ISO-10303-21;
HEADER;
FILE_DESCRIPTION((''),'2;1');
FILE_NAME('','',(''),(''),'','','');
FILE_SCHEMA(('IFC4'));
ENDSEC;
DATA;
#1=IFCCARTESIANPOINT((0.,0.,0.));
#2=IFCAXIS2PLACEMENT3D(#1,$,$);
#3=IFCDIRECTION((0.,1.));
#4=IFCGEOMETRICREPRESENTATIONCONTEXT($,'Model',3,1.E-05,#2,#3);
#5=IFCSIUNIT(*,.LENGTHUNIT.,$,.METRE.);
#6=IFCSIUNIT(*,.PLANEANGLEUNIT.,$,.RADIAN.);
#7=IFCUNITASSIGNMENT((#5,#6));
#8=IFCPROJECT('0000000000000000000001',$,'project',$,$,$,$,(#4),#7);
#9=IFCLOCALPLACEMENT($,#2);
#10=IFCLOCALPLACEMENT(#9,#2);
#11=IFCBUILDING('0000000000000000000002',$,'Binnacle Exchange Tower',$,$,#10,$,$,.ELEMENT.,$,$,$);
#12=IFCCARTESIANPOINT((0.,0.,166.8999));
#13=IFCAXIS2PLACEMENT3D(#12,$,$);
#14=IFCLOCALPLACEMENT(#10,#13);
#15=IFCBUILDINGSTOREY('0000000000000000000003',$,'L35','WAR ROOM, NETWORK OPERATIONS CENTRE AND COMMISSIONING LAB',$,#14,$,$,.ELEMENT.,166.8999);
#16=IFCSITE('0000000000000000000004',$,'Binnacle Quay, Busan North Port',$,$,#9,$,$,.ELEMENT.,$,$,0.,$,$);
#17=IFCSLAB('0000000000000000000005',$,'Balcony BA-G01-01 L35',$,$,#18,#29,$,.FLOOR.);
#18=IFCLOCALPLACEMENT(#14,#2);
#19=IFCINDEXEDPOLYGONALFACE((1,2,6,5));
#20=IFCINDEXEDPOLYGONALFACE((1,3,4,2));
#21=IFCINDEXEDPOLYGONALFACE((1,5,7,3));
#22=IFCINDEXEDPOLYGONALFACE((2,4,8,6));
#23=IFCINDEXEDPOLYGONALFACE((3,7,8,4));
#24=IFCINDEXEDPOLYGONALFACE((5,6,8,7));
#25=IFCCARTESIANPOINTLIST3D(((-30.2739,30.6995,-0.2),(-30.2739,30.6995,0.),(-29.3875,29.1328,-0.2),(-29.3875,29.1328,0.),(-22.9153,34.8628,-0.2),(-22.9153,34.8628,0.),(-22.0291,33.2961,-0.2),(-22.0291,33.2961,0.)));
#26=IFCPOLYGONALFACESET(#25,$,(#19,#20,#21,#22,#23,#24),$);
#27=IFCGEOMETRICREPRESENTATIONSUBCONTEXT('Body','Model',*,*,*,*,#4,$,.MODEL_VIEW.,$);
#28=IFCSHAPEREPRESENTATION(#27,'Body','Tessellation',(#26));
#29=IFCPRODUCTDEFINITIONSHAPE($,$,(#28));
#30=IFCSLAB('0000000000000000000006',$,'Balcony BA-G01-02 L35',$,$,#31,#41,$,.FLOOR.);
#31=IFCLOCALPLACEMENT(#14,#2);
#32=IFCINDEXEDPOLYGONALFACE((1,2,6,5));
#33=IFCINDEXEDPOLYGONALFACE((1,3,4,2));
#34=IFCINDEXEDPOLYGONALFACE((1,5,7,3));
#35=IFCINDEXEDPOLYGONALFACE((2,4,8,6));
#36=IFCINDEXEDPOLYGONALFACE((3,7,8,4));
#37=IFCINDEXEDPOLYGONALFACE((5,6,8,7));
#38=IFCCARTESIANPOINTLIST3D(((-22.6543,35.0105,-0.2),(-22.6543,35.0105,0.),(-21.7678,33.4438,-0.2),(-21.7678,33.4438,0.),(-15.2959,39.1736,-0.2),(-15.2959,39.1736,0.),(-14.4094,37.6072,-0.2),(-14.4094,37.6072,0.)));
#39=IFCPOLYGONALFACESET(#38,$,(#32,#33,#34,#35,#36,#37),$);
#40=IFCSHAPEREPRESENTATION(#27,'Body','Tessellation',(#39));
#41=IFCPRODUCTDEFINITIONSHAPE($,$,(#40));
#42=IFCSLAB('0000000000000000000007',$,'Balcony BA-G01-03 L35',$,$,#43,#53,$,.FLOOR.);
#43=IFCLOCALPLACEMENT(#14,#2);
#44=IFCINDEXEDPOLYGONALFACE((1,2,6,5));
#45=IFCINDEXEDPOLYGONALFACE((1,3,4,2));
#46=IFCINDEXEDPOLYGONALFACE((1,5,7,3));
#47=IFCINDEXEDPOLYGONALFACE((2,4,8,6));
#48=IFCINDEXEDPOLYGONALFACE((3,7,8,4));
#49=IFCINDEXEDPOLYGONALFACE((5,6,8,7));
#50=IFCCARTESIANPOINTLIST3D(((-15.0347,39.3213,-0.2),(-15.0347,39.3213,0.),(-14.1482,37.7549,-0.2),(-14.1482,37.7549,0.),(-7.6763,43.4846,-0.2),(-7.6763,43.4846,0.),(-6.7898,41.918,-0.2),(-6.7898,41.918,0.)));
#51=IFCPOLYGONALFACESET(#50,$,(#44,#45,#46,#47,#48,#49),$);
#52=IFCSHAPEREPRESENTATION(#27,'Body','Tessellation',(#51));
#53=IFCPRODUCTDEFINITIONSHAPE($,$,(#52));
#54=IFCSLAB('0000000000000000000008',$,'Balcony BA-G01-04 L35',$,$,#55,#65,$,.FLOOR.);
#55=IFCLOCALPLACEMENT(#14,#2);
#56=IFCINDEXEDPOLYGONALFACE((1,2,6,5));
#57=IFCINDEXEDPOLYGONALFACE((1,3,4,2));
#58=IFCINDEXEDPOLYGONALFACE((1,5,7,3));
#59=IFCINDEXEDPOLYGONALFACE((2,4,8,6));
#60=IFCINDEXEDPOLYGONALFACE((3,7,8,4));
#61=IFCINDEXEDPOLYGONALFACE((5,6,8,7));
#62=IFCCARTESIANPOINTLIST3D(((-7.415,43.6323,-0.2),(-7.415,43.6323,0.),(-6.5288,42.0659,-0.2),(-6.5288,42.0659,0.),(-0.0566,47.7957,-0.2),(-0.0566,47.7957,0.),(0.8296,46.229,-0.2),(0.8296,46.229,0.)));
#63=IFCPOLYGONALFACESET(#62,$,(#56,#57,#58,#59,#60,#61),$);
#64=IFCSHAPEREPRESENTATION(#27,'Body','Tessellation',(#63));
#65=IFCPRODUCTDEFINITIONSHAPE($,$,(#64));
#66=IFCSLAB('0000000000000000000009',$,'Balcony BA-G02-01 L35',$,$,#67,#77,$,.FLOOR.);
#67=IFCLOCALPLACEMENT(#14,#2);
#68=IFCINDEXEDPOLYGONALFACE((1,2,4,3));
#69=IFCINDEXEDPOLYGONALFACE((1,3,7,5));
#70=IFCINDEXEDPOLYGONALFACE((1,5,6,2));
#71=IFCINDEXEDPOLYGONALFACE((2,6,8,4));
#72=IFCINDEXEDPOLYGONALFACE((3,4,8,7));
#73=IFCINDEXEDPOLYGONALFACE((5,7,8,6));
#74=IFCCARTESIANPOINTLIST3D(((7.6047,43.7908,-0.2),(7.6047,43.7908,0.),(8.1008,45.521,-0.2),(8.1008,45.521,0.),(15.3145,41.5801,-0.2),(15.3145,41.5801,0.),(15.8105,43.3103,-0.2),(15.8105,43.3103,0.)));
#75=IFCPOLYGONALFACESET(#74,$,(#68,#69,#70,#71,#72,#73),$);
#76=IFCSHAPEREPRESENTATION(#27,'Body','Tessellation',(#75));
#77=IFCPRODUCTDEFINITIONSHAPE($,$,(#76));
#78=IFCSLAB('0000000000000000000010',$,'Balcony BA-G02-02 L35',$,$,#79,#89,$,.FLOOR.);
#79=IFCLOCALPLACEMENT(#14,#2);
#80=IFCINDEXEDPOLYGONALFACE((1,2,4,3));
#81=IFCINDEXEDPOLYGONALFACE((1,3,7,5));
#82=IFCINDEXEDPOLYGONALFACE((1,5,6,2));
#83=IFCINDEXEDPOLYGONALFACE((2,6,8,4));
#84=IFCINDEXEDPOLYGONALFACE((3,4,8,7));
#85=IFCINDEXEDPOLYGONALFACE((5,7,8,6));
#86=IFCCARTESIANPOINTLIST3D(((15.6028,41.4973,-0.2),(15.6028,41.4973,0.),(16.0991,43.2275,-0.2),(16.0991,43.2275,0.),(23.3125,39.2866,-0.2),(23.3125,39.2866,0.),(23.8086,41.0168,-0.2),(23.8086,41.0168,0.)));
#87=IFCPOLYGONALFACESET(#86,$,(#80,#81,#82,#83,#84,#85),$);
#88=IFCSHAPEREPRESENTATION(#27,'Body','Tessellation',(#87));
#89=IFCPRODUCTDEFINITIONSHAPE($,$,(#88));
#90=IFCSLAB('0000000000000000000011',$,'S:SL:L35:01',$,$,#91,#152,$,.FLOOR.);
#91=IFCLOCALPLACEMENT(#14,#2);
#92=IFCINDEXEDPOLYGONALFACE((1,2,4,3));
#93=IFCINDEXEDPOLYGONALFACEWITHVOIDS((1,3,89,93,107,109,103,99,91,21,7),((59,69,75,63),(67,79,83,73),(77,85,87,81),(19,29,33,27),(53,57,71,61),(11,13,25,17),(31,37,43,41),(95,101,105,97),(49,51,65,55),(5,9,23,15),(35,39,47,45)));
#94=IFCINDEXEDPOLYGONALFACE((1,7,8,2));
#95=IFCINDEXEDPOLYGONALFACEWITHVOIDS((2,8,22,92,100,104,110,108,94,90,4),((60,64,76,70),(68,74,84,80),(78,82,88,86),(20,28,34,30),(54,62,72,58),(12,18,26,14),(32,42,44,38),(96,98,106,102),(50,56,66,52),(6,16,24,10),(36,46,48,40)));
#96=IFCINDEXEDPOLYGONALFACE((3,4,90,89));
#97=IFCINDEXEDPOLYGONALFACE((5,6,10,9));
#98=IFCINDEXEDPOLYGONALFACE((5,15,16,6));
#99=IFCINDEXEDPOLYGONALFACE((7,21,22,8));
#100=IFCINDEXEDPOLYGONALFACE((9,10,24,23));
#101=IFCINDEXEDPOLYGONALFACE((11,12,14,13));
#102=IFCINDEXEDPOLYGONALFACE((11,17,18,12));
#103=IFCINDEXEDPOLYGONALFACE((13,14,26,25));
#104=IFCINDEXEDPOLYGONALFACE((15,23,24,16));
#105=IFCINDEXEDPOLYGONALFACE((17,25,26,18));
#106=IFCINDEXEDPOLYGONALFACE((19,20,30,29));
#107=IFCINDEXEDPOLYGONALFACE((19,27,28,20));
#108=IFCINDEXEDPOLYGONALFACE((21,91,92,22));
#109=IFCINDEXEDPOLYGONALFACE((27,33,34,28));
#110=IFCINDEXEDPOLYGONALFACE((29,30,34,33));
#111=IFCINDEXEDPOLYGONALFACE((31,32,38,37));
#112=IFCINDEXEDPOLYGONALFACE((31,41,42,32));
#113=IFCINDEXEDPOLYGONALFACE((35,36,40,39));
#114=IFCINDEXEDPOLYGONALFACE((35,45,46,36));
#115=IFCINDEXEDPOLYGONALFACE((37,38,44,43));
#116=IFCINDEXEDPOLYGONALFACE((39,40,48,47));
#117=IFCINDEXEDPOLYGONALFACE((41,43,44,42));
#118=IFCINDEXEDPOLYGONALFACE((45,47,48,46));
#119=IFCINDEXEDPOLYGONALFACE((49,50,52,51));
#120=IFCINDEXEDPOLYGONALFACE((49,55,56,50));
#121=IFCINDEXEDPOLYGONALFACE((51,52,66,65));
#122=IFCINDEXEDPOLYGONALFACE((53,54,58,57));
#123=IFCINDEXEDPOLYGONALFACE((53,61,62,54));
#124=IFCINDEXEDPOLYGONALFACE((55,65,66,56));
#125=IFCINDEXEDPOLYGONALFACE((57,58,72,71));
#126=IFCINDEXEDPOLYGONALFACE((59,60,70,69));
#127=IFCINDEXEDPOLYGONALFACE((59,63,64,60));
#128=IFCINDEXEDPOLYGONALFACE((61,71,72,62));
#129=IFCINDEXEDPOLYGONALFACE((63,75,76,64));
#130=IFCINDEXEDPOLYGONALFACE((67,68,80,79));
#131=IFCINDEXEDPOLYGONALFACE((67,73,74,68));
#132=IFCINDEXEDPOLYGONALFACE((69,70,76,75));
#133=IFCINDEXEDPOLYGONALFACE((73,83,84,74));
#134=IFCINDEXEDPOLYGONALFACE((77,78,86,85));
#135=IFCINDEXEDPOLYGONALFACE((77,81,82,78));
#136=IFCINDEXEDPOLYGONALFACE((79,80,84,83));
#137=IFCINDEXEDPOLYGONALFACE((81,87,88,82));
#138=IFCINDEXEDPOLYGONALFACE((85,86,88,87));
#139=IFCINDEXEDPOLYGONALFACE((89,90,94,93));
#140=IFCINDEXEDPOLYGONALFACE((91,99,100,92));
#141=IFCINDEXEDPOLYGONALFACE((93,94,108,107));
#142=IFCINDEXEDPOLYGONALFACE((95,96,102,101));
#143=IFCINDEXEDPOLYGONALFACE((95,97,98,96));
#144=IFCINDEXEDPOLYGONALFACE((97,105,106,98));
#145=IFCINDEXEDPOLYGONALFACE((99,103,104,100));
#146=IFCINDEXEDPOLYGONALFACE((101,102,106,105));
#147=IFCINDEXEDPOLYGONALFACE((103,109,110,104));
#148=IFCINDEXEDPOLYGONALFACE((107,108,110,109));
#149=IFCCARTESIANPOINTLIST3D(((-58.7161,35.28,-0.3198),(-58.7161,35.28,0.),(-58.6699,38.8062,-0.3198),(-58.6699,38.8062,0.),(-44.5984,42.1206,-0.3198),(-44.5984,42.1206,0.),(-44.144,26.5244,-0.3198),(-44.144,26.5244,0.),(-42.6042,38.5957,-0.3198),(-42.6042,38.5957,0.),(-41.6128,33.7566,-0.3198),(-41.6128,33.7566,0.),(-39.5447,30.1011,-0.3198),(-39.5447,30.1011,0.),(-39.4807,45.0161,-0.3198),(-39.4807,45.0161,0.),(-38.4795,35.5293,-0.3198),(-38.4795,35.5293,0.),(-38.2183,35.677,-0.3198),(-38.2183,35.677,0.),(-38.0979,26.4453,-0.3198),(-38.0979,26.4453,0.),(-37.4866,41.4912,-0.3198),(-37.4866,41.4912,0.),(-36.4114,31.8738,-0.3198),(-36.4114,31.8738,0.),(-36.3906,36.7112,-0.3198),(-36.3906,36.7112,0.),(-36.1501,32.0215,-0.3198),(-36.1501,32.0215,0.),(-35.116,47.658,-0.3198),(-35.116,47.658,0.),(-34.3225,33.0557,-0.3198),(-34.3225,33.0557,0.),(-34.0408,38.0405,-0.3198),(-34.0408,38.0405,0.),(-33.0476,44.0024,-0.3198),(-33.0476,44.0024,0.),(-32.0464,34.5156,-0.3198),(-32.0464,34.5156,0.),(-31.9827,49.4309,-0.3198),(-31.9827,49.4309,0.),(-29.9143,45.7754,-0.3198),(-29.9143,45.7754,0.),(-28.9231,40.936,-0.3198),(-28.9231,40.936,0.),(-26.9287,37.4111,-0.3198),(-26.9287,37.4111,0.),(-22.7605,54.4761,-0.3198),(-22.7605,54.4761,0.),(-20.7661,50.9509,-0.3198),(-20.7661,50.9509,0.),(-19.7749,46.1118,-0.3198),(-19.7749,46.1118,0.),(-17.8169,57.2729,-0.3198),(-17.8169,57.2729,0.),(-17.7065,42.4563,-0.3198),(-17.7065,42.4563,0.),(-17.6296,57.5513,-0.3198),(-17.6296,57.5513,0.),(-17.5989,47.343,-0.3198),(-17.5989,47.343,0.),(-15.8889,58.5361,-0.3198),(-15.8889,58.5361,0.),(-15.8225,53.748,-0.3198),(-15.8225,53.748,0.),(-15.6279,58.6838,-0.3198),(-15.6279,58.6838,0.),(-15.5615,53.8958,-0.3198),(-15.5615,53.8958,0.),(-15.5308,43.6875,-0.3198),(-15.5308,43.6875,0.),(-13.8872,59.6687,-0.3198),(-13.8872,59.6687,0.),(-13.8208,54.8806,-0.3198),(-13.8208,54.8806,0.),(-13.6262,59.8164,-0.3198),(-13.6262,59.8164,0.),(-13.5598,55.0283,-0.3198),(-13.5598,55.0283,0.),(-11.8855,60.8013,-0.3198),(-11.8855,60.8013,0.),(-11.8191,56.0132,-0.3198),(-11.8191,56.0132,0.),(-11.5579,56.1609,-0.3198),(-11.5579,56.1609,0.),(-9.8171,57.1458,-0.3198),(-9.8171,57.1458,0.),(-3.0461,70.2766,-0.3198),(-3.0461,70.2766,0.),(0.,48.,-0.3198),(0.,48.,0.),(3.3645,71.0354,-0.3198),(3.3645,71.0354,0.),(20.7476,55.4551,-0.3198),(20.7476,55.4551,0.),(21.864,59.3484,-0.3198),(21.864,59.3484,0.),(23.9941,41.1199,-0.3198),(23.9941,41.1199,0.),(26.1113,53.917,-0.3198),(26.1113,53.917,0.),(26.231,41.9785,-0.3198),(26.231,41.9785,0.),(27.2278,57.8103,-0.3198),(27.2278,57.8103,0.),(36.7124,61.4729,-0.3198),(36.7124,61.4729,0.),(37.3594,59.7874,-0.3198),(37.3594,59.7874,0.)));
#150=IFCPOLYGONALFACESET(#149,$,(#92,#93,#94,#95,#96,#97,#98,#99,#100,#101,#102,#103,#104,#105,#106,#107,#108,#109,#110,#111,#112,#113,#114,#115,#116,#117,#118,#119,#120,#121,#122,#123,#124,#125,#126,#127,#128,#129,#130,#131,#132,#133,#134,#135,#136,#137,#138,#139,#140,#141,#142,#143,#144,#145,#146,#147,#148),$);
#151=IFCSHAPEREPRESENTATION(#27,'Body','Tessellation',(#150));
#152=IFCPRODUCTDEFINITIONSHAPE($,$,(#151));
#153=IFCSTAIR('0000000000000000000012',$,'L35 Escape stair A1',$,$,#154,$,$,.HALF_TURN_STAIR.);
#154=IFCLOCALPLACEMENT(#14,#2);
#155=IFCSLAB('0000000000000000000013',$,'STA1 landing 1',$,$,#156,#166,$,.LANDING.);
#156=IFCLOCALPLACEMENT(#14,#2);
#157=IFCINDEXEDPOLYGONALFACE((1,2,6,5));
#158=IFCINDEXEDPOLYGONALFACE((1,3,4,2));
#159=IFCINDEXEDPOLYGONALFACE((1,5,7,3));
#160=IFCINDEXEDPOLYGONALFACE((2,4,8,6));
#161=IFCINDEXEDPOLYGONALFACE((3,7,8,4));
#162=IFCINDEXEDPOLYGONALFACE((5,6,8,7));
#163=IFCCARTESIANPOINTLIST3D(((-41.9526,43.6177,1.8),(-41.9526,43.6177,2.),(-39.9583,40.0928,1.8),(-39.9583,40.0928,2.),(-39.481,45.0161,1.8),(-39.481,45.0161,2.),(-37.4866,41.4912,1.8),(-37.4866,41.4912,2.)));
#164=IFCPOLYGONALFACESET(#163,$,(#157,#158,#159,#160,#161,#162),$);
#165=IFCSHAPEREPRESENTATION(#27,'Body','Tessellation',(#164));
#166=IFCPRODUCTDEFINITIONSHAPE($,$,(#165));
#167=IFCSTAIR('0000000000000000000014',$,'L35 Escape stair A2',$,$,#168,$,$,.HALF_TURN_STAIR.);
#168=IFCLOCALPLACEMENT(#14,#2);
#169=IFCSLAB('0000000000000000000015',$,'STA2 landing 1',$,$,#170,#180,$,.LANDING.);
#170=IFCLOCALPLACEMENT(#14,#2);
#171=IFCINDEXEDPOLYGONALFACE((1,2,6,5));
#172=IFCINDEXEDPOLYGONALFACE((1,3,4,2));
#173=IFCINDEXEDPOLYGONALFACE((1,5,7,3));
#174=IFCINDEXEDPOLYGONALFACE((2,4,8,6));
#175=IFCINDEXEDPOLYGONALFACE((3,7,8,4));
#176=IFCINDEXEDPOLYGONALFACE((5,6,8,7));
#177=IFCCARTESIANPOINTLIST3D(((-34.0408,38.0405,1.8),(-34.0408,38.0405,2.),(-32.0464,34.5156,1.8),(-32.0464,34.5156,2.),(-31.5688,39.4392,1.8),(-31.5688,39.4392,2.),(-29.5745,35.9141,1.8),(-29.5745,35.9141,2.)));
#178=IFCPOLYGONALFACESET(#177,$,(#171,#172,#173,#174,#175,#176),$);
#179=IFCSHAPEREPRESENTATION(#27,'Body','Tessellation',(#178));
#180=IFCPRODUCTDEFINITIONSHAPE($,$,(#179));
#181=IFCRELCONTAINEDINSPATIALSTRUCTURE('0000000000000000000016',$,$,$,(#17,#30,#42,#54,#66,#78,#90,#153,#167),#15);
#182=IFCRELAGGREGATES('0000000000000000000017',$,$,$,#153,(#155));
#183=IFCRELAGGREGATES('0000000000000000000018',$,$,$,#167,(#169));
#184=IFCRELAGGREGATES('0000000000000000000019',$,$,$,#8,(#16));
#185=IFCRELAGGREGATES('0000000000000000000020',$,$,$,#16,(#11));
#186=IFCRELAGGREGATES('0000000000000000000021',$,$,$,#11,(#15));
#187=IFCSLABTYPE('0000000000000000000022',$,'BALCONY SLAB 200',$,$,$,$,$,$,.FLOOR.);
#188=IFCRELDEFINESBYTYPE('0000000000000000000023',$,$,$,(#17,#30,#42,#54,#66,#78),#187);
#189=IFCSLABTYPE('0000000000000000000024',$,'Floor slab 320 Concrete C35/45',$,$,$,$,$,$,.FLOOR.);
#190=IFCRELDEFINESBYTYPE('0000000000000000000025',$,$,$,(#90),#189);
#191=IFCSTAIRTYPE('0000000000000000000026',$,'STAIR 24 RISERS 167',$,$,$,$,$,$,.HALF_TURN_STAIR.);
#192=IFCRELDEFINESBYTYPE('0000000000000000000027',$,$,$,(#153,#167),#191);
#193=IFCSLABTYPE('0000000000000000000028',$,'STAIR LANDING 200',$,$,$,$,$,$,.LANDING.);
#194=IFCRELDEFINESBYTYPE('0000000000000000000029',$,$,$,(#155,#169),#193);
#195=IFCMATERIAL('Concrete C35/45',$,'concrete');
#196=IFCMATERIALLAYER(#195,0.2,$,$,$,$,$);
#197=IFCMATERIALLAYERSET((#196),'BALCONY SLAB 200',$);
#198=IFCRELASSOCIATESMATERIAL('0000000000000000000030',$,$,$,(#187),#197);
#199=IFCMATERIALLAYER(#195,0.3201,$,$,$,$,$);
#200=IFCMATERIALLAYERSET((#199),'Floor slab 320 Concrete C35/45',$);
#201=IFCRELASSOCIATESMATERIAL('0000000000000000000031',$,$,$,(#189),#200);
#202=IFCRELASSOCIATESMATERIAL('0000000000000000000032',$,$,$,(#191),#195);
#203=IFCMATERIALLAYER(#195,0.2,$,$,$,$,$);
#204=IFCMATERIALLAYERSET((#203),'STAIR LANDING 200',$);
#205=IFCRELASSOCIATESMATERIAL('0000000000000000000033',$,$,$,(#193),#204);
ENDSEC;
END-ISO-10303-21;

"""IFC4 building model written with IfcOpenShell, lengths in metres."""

from ifc_helpers import new_model, si_unit, direction, frame, origin, place, context, subcontext, project, spatial, polyline, outline, extrude, material, layer, layer_set, type_object, element, aggregate, save


model = new_model("IFC4")

# Units and contexts
model_context = context("Model", 3, precision=1e-05, world=origin(), true_north=direction((0.0, 1.0)))
body_context = subcontext(model_context, "Body", "Model", "MODEL_VIEW")
ifc_project = project(units=[si_unit("LENGTHUNIT", "METRE"), si_unit("PLANEANGLEUNIT", "RADIAN")], contexts=[model_context])

# Site, building, storey
site_placement = place(None, origin())
site = spatial("IfcSite", under=ifc_project, at=site_placement, Name="Binnacle Quay, Busan North Port", CompositionType="ELEMENT", RefElevation=0.0)
building_placement = place(site_placement, origin())
building = spatial("IfcBuilding", under=site, at=building_placement, Name="Binnacle Exchange Tower", CompositionType="ELEMENT")
storey_placement = place(building_placement, frame((0.0, 0.0, 166.8999)))
storey = spatial("IfcBuildingStorey", under=building, at=storey_placement, Name="L35", Description="WAR ROOM, NETWORK OPERATIONS CENTRE AND COMMISSIONING LAB", CompositionType="ELEMENT", Elevation=166.8999)

# Slabs
ifc_material_1 = material(Name="Concrete C35/45", Category="concrete")
ifc_layer_1 = layer(ifc_material_1, 0.2)
ifc_layer_set_1 = layer_set([ifc_layer_1], Name="BALCONY SLAB 200")
slab_type_1 = type_object("IfcSlabType", Name="BALCONY SLAB 200", PredefinedType="FLOOR", material=ifc_layer_set_1)
slab_1_placement = place(storey_placement, frame((0.0, 0.0, -0.2)))
element("IfcSlab", 1, at=slab_1_placement, inside=storey, type_object=slab_type_1, Name="Balcony BA-G01-01 L35", PredefinedType="FLOOR", context=body_context, shape_type="SweptSolid", body=[
    extrude(outline(polyline([(-30.2739, 30.6995), (-22.9153, 34.8628), (-22.0291, 33.2961), (-29.3875, 29.1328), (-30.2739, 30.6995)])), origin(), (0.0, 0.0, 1.0), 0.2),
])
slab_2_placement = place(storey_placement, frame((0.0, 0.0, -0.2)))
element("IfcSlab", 2, at=slab_2_placement, inside=storey, type_object=slab_type_1, Name="Balcony BA-G01-02 L35", PredefinedType="FLOOR", context=body_context, shape_type="SweptSolid", body=[
    extrude(outline(polyline([(-22.6543, 35.0105), (-15.2959, 39.1736), (-14.4094, 37.6072), (-21.7678, 33.4438), (-22.6543, 35.0105)])), origin(), (0.0, 0.0, 1.0), 0.2),
])
slab_3_placement = place(storey_placement, frame((0.0, 0.0, -0.2)))
element("IfcSlab", 3, at=slab_3_placement, inside=storey, type_object=slab_type_1, Name="Balcony BA-G01-03 L35", PredefinedType="FLOOR", context=body_context, shape_type="SweptSolid", body=[
    extrude(outline(polyline([(-15.0347, 39.3213), (-7.6763, 43.4846), (-6.7898, 41.918), (-14.1482, 37.7549), (-15.0347, 39.3213)])), origin(), (0.0, 0.0, 1.0), 0.2),
])
slab_4_placement = place(storey_placement, frame((0.0, 0.0, -0.2)))
element("IfcSlab", 4, at=slab_4_placement, inside=storey, type_object=slab_type_1, Name="Balcony BA-G01-04 L35", PredefinedType="FLOOR", context=body_context, shape_type="SweptSolid", body=[
    extrude(outline(polyline([(-7.415, 43.6323), (-0.0566, 47.7957), (0.8296, 46.229), (-6.5288, 42.0659), (-7.415, 43.6323)])), origin(), (0.0, 0.0, 1.0), 0.2),
])
slab_5_placement = place(storey_placement, frame((0.0, 0.0, -0.2)))
element("IfcSlab", 5, at=slab_5_placement, inside=storey, type_object=slab_type_1, Name="Balcony BA-G02-01 L35", PredefinedType="FLOOR", context=body_context, shape_type="SweptSolid", body=[
    extrude(outline(polyline([(8.1008, 45.521), (15.8105, 43.3103), (15.3145, 41.5801), (7.6047, 43.7908), (8.1008, 45.521)])), origin(), (0.0, 0.0, 1.0), 0.2),
])
slab_6_placement = place(storey_placement, frame((0.0, 0.0, -0.2)))
element("IfcSlab", 6, at=slab_6_placement, inside=storey, type_object=slab_type_1, Name="Balcony BA-G02-02 L35", PredefinedType="FLOOR", context=body_context, shape_type="SweptSolid", body=[
    extrude(outline(polyline([(16.0991, 43.2275), (23.8086, 41.0168), (23.3125, 39.2866), (15.6028, 41.4973), (16.0991, 43.2275)])), origin(), (0.0, 0.0, 1.0), 0.2),
])
ifc_layer_2 = layer(ifc_material_1, 0.3201)
ifc_layer_set_2 = layer_set([ifc_layer_2], Name="Floor slab 320 Concrete C35/45")
slab_type_2 = type_object("IfcSlabType", Name="Floor slab 320 Concrete C35/45", PredefinedType="FLOOR", material=ifc_layer_set_2)
slab_7_placement = place(storey_placement, frame((0.0, 0.0, -0.3198)))
element("IfcSlab", 7, at=slab_7_placement, inside=storey, type_object=slab_type_2, Name="S:SL:L35:01", PredefinedType="FLOOR", context=body_context, shape_type="SweptSolid", body=[
    extrude(outline(polyline([(-58.7161, 35.28), (-58.6699, 38.8062), (-3.0461, 70.2766), (3.3645, 71.0354), (36.7124, 61.4729), (37.3594, 59.7874), (26.231, 41.9785), (23.9941, 41.1199), (0.0, 48.0), (-38.0979, 26.4453), (-44.144, 26.5244), (-58.7161, 35.28)]), holes=[polyline([(-38.4795, 35.5293), (-41.6128, 33.7566), (-39.5447, 30.1011), (-36.4114, 31.8738), (-38.4795, 35.5293)]), polyline([(-36.3906, 36.7112), (-38.2183, 35.677), (-36.1501, 32.0215), (-34.3225, 33.0557), (-36.3906, 36.7112)]), polyline([(-32.0464, 34.5156), (-26.9287, 37.4111), (-28.9231, 40.936), (-34.0408, 38.0405), (-32.0464, 34.5156)]), polyline([(-37.4866, 41.4912), (-39.4807, 45.0161), (-44.5984, 42.1206), (-42.6042, 38.5957), (-37.4866, 41.4912)]), polyline([(-29.9143, 45.7754), (-31.9827, 49.4309), (-35.116, 47.658), (-33.0476, 44.0024), (-29.9143, 45.7754)]), polyline([(-17.8169, 57.2729), (-22.7605, 54.4761), (-20.7661, 50.9509), (-15.8225, 53.748), (-17.8169, 57.2729)]), polyline([(-15.5308, 43.6875), (-17.5989, 47.343), (-19.7749, 46.1118), (-17.7065, 42.4563), (-15.5308, 43.6875)]), polyline([(-13.8208, 54.8806), (-15.8889, 58.5361), (-17.6296, 57.5513), (-15.5615, 53.8958), (-13.8208, 54.8806)]), polyline([(27.2278, 57.8103), (21.864, 59.3484), (20.7476, 55.4551), (26.1113, 53.917), (27.2278, 57.8103)]), polyline([(-11.8191, 56.0132), (-13.8872, 59.6687), (-15.6279, 58.6838), (-13.5598, 55.0283), (-11.8191, 56.0132)]), polyline([(-9.8171, 57.1458), (-11.8855, 60.8013), (-13.6262, 59.8164), (-11.5579, 56.1609), (-9.8171, 57.1458)])]), origin(), (0.0, 0.0, 1.0), 0.3198),
])

# Stairs, slabs
stair_type = type_object("IfcStairType", Name="STAIR 24 RISERS 167", PredefinedType="HALF_TURN_STAIR", material=ifc_material_1)
stair_1_placement = place(storey_placement, origin())
stair_1 = element("IfcStair", 8, at=stair_1_placement, inside=storey, type_object=stair_type, Name="L35 Escape stair A1", PredefinedType="HALF_TURN_STAIR")
ifc_layer_3 = layer(ifc_material_1, 0.2)
ifc_layer_set_3 = layer_set([ifc_layer_3], Name="STAIR LANDING 200")
slab_type_3 = type_object("IfcSlabType", Name="STAIR LANDING 200", PredefinedType="LANDING", material=ifc_layer_set_3)
slab_8_placement = place(storey_placement, frame((0.0, 0.0, 1.8)))
slab_8 = element("IfcSlab", 9, at=slab_8_placement, type_object=slab_type_3, Name="STA1 landing 1", PredefinedType="LANDING", context=body_context, shape_type="SweptSolid", body=[
    extrude(outline(polyline([(-39.9583, 40.0928), (-37.4866, 41.4912), (-39.481, 45.0161), (-41.9526, 43.6177), (-39.9583, 40.0928)])), origin(), (0.0, 0.0, 1.0), 0.2),
])
aggregate(stair_1, [slab_8])
stair_2_placement = place(storey_placement, origin())
stair_2 = element("IfcStair", 10, at=stair_2_placement, inside=storey, type_object=stair_type, Name="L35 Escape stair A2", PredefinedType="HALF_TURN_STAIR")
slab_9_placement = place(storey_placement, frame((0.0, 0.0, 1.8)))
slab_9 = element("IfcSlab", 11, at=slab_9_placement, type_object=slab_type_3, Name="STA2 landing 1", PredefinedType="LANDING", context=body_context, shape_type="SweptSolid", body=[
    extrude(outline(polyline([(-31.5688, 39.4392), (-34.0408, 38.0405), (-32.0464, 34.5156), (-29.5745, 35.9141), (-31.5688, 39.4392)])), origin(), (0.0, 0.0, 1.0), 0.2),
])
aggregate(stair_2, [slab_9])

save(model, "model.ifc")
